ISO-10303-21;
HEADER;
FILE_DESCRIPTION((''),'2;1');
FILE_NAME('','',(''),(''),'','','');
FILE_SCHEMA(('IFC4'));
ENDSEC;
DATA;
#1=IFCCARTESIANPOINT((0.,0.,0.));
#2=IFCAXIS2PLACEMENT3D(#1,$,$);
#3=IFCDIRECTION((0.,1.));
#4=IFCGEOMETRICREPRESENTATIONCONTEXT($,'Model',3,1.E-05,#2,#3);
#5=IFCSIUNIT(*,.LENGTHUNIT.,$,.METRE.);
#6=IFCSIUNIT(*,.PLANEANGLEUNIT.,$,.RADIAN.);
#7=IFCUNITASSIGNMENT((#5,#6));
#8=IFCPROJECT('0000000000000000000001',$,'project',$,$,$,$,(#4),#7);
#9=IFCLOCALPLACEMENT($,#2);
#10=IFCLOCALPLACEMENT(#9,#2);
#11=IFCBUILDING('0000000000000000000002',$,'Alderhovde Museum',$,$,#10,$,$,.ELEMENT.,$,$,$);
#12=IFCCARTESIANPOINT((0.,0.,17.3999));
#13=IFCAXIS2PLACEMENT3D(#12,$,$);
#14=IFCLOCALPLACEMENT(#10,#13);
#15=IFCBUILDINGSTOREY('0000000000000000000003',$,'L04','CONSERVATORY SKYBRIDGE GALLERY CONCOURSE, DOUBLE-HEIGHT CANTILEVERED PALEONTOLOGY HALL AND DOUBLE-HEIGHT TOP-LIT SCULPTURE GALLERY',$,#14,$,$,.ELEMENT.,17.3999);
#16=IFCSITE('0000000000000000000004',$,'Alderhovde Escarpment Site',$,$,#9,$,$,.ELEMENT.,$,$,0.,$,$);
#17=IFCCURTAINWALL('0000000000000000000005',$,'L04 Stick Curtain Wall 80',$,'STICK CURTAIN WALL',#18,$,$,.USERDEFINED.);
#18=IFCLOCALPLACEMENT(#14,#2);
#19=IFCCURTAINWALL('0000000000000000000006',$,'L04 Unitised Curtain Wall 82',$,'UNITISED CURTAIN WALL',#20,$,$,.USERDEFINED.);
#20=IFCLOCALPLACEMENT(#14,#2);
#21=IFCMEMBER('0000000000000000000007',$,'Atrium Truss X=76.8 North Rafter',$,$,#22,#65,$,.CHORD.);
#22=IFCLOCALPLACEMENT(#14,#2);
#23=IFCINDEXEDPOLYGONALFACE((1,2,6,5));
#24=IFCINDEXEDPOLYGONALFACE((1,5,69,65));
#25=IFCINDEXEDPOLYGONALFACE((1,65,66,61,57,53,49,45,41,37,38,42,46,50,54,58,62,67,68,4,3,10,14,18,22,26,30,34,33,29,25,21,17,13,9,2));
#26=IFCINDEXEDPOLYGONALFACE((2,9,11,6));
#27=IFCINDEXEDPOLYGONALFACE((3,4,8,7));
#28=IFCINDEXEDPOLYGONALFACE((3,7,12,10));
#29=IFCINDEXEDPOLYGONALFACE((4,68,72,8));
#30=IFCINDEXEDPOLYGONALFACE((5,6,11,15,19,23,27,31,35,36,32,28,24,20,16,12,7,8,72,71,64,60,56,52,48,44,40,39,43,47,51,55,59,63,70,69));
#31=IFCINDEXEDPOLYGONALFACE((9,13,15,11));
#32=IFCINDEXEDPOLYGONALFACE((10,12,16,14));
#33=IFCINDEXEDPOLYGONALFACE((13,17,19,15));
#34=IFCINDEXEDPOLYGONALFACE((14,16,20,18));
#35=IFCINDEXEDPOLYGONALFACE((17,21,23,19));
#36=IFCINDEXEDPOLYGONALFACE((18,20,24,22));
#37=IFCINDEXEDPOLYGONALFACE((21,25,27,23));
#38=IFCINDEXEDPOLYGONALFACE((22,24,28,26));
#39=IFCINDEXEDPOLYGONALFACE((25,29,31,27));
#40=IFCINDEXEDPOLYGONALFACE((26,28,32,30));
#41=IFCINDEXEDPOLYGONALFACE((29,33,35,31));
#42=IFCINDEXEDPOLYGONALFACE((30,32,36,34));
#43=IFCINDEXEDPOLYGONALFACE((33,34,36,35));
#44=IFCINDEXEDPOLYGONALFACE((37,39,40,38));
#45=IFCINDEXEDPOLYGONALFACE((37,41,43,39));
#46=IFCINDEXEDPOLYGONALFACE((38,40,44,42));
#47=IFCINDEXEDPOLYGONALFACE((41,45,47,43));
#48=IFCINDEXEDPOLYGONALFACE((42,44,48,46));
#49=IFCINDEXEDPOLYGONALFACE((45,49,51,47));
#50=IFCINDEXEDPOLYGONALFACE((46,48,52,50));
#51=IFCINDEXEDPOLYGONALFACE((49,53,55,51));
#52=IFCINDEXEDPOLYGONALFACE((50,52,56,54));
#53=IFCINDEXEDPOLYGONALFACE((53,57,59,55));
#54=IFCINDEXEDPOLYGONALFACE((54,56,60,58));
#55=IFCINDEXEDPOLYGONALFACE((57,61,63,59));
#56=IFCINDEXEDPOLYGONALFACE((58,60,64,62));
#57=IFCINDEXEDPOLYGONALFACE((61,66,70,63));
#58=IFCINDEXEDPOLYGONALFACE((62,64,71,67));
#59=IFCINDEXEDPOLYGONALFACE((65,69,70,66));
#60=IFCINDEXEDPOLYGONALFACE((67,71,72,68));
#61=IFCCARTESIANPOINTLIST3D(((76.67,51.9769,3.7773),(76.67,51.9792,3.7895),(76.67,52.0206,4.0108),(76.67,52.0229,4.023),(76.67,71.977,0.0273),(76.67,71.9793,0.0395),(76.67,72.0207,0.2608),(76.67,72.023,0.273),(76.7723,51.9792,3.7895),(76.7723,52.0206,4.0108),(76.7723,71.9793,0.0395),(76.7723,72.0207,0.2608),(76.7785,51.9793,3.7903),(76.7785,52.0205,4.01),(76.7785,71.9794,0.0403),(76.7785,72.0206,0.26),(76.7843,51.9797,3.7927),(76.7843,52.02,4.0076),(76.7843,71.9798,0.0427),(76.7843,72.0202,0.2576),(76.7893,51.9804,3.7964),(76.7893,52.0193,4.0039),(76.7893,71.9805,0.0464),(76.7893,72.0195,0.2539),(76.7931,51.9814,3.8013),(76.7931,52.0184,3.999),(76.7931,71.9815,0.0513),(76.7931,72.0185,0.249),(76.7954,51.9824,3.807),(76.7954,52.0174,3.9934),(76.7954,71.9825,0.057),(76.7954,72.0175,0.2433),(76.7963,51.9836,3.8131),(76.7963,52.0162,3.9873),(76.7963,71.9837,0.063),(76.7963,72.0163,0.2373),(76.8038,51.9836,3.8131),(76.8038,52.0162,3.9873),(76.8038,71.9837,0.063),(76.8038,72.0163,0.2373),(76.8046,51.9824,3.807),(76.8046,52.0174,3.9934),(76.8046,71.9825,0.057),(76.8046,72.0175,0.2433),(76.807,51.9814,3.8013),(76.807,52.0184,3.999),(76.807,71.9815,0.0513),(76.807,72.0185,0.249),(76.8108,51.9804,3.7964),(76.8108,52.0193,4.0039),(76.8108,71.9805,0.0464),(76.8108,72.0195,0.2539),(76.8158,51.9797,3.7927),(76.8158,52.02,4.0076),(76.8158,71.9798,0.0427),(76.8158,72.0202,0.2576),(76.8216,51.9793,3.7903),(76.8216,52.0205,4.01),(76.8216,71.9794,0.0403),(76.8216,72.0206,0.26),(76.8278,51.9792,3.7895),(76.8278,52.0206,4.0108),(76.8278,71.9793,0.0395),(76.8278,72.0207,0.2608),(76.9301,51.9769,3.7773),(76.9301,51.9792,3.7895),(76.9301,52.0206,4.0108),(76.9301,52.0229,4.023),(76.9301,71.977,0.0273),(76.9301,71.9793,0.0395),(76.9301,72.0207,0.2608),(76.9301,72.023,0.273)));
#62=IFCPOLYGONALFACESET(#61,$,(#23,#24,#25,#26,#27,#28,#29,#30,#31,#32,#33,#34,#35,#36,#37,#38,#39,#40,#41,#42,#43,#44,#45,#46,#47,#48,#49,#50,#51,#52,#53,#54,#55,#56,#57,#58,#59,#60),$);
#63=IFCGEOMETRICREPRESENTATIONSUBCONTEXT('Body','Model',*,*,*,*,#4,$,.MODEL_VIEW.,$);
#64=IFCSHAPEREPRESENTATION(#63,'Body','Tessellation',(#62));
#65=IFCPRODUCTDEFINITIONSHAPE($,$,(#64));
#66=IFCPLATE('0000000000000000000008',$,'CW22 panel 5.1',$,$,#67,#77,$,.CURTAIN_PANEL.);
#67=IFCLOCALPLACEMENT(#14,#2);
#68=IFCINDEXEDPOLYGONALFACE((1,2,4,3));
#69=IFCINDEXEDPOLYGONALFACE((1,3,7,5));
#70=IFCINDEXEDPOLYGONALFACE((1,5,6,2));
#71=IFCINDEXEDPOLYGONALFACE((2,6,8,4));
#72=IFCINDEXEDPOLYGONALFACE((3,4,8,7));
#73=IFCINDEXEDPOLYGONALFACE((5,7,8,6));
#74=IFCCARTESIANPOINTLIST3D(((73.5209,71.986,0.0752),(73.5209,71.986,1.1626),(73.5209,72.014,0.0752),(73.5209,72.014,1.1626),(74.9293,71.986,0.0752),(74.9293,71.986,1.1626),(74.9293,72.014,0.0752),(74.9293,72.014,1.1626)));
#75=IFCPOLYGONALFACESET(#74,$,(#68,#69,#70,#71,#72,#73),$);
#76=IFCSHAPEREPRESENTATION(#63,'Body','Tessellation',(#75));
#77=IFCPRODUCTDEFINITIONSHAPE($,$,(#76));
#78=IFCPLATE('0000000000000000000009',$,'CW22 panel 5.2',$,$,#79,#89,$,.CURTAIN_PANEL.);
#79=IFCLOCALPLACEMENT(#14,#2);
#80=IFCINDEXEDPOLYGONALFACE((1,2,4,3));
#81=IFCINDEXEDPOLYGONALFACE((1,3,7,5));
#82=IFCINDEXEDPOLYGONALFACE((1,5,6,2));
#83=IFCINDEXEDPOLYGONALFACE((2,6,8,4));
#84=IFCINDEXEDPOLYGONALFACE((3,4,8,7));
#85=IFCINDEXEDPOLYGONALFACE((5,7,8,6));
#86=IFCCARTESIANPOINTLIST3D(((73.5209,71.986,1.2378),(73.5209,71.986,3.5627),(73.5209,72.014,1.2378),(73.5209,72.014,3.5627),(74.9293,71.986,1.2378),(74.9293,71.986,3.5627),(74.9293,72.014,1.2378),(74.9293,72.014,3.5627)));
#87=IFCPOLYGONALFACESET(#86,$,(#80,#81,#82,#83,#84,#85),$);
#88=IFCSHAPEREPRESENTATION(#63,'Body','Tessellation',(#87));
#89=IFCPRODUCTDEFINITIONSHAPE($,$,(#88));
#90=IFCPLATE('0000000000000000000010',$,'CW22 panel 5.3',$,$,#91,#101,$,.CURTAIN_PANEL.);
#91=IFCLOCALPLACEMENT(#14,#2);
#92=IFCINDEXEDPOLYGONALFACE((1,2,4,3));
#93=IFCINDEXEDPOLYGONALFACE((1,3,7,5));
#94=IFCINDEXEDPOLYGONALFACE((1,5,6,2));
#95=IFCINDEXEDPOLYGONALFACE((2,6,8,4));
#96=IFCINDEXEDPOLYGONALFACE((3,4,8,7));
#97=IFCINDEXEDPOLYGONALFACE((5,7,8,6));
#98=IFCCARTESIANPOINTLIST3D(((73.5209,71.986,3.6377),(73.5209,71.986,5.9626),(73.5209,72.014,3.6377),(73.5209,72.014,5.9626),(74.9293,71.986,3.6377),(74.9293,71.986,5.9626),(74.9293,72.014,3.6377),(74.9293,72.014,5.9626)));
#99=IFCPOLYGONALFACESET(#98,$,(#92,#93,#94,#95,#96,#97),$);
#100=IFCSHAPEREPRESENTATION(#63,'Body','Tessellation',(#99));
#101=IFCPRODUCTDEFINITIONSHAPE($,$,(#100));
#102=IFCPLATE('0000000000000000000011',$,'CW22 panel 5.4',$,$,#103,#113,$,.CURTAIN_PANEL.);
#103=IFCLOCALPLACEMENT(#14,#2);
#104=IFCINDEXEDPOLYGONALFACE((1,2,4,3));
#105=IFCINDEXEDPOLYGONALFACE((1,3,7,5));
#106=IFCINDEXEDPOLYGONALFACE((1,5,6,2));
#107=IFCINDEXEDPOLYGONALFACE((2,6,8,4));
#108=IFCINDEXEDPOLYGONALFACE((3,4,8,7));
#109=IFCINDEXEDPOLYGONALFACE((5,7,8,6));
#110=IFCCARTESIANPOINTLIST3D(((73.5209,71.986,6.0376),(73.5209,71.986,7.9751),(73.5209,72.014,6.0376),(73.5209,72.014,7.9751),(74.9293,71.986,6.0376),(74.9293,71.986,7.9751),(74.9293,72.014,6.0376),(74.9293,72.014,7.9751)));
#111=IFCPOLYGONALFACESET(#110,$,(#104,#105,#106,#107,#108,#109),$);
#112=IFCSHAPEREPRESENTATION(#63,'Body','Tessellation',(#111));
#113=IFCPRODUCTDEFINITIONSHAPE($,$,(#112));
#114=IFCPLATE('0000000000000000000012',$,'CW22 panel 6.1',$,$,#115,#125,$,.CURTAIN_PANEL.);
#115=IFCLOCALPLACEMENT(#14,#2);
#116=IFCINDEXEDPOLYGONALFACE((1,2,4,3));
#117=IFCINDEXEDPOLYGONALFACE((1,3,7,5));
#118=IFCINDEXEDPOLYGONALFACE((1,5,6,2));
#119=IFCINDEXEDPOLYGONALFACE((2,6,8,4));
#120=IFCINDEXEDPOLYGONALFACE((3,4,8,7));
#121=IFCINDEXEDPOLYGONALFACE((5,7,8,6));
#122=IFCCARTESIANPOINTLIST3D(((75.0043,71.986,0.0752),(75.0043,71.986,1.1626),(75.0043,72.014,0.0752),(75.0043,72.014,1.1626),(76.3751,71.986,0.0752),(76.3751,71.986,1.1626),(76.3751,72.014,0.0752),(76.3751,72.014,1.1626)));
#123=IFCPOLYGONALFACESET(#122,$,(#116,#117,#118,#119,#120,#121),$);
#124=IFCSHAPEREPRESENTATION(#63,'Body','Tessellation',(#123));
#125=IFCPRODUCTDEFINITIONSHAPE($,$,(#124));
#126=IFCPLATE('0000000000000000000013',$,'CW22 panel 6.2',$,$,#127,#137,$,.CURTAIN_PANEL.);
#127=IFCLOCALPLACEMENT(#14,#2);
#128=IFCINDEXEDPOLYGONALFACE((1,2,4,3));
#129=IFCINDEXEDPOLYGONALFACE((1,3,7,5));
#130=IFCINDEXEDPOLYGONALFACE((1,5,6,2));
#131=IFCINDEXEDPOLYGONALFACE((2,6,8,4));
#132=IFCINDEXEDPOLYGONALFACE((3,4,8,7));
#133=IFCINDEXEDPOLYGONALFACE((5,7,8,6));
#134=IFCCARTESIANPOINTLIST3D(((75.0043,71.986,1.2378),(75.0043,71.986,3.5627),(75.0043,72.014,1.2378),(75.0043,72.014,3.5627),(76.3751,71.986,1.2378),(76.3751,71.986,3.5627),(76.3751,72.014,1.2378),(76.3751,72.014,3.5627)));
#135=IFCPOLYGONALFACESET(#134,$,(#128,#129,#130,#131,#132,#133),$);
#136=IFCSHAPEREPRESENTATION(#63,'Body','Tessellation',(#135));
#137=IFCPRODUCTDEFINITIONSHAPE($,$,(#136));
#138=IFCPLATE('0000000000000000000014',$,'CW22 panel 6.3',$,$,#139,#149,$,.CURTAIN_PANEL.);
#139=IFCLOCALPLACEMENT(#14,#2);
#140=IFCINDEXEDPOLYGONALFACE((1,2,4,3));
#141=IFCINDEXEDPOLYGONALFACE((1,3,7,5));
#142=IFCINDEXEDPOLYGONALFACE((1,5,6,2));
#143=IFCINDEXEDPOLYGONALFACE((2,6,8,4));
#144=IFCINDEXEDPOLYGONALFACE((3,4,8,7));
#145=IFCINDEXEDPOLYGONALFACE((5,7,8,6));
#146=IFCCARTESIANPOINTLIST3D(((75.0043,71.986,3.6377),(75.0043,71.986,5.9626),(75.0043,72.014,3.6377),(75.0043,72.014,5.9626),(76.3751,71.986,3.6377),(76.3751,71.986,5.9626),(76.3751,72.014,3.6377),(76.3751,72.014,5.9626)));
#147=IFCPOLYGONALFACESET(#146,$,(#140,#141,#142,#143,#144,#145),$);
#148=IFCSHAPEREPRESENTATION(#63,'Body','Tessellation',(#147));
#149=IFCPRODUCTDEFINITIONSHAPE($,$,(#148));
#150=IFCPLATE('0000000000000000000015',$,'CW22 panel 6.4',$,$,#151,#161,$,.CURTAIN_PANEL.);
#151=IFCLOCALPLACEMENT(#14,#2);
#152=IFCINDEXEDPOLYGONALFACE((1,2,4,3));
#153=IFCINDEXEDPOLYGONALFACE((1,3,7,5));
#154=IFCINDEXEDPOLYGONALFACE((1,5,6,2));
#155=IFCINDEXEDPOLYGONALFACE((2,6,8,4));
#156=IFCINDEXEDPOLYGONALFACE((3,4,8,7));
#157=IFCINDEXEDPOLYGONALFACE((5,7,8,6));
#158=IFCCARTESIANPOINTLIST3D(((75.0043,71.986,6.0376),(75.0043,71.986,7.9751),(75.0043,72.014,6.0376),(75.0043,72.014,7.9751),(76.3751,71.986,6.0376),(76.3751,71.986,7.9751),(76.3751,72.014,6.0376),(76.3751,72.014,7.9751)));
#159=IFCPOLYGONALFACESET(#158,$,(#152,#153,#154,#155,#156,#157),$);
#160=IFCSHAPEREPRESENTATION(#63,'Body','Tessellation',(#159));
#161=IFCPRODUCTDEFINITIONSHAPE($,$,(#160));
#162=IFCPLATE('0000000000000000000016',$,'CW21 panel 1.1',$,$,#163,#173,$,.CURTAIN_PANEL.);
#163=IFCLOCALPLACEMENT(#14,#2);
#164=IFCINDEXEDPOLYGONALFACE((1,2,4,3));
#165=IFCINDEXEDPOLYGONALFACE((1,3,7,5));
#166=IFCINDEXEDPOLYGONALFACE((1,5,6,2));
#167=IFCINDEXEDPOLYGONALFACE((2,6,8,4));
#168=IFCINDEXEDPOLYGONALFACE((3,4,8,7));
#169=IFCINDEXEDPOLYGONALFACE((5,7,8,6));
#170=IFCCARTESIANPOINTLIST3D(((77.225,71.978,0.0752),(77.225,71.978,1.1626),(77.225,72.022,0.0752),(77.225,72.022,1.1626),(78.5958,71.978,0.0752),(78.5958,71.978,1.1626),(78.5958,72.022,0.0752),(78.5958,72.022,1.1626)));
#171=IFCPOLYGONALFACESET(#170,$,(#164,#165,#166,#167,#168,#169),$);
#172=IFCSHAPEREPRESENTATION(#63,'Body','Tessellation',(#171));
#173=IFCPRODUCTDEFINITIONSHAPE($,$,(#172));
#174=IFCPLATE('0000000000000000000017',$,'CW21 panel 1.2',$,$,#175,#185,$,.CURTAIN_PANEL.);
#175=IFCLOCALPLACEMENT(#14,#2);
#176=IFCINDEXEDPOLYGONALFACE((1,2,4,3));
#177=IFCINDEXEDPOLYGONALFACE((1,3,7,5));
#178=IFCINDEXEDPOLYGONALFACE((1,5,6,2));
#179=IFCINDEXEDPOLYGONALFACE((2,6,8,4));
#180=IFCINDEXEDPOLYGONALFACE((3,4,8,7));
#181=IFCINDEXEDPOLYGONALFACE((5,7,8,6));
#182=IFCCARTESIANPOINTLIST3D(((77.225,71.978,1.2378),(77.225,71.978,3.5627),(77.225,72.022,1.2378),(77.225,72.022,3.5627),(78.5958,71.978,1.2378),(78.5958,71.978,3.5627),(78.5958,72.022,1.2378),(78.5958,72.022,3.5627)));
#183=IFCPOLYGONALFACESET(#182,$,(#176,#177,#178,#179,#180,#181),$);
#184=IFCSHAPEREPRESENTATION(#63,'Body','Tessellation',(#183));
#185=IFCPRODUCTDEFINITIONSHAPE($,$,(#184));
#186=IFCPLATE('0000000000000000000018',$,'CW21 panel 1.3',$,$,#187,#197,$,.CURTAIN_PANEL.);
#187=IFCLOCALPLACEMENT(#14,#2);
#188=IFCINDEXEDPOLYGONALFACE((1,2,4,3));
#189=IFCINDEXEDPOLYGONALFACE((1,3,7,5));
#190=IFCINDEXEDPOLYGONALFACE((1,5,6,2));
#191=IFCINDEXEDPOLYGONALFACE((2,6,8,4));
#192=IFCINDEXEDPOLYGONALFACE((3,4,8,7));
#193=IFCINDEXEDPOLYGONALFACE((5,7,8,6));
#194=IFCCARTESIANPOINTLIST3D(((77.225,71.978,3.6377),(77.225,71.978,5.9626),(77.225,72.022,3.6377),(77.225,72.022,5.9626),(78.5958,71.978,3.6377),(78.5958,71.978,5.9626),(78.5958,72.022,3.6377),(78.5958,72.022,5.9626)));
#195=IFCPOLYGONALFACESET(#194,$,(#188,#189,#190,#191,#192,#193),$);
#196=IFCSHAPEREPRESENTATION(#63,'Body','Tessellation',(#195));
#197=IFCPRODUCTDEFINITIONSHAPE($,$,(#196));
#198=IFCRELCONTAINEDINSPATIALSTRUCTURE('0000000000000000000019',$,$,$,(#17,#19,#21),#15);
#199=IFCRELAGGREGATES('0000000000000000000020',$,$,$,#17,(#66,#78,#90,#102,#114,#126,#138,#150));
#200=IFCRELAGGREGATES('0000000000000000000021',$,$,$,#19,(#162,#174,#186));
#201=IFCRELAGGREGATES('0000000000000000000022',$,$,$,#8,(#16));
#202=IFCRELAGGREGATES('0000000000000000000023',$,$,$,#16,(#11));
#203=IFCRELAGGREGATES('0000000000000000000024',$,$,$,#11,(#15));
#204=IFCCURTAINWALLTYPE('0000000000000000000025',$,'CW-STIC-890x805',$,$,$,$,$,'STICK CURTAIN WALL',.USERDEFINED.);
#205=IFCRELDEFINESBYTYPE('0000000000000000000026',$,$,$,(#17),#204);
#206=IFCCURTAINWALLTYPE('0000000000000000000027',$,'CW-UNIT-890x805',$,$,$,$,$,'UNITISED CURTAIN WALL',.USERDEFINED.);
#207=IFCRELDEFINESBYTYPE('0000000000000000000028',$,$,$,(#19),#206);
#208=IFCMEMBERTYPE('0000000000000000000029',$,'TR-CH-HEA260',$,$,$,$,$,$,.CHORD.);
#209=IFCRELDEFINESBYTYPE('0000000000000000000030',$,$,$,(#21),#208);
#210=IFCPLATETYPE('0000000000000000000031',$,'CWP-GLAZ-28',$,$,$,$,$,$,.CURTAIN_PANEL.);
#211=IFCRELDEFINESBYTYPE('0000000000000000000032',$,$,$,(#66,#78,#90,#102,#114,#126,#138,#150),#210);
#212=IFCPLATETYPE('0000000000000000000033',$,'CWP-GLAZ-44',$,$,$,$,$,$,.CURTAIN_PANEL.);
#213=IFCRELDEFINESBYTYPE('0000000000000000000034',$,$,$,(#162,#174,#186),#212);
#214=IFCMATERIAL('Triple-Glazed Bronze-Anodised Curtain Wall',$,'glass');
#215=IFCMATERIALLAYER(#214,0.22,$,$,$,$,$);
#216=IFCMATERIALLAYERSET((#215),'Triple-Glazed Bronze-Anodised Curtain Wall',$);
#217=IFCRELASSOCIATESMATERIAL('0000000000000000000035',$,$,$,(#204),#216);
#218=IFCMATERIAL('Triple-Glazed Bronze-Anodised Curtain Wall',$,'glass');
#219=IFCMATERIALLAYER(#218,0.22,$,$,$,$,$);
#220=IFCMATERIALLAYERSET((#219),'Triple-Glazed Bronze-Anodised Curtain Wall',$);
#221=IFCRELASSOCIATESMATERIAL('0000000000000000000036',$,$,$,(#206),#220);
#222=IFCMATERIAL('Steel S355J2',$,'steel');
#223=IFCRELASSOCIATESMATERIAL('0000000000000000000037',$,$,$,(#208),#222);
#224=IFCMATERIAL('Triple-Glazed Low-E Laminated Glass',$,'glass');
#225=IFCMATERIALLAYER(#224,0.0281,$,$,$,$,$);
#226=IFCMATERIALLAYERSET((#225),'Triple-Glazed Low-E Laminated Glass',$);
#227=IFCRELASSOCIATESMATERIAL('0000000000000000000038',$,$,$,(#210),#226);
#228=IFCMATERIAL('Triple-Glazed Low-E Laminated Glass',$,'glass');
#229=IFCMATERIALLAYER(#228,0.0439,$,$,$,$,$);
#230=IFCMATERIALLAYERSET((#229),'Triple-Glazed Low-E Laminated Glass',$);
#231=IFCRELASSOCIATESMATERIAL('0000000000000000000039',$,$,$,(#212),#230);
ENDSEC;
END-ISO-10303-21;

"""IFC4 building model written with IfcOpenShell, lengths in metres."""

from ifc_helpers import new_model, si_unit, direction, frame, origin, origin_2d, place, context, subcontext, project, spatial, rectangle, i_section, extrude, material, layer, layer_set, material_profile, profile_set, type_object, element, aggregate, save


model = new_model("IFC4")

# Units and contexts
model_context = context("Model", 3, precision=1e-05, world=origin(), true_north=direction((0.0, 1.0)))
body_context = subcontext(model_context, "Body", "Model", "MODEL_VIEW")
ifc_project = project(units=[si_unit("LENGTHUNIT", "METRE"), si_unit("PLANEANGLEUNIT", "RADIAN")], contexts=[model_context])

# Site, building, storey
site_placement = place(None, origin())
site = spatial("IfcSite", under=ifc_project, at=site_placement, Name="Alderhovde Escarpment Site", CompositionType="ELEMENT", RefElevation=0.0)
building_placement = place(site_placement, origin())
building = spatial("IfcBuilding", under=site, at=building_placement, Name="Alderhovde Museum", CompositionType="ELEMENT")
storey_placement = place(building_placement, frame((0.0, 0.0, 17.3999)))
storey = spatial("IfcBuildingStorey", under=building, at=storey_placement, Name="L04", Description="CONSERVATORY SKYBRIDGE GALLERY CONCOURSE, DOUBLE-HEIGHT CANTILEVERED PALEONTOLOGY HALL AND DOUBLE-HEIGHT TOP-LIT SCULPTURE GALLERY", CompositionType="ELEMENT", Elevation=17.3999)

# Curtain walls
ifc_material_1 = material(Name="Triple-Glazed Bronze-Anodised Curtain Wall", Category="glass")
ifc_layer_1 = layer(ifc_material_1, 0.22)
ifc_layer_set_1 = layer_set([ifc_layer_1], Name="Triple-Glazed Bronze-Anodised Curtain Wall")
curtain_wall_type_1 = type_object("IfcCurtainWallType", Name="CW-STIC-890x805", ElementType="STICK CURTAIN WALL", PredefinedType="USERDEFINED", material=ifc_layer_set_1)
curtain_wall_1_placement = place(storey_placement, origin())
curtain_wall_1 = element("IfcCurtainWall", 1, at=curtain_wall_1_placement, inside=storey, type_object=curtain_wall_type_1, Name="L04 Stick Curtain Wall 80", ObjectType="STICK CURTAIN WALL", PredefinedType="USERDEFINED")
ifc_material_2 = material(Name="Triple-Glazed Bronze-Anodised Curtain Wall", Category="glass")
ifc_layer_2 = layer(ifc_material_2, 0.22)
ifc_layer_set_2 = layer_set([ifc_layer_2], Name="Triple-Glazed Bronze-Anodised Curtain Wall")
curtain_wall_type_2 = type_object("IfcCurtainWallType", Name="CW-UNIT-890x805", ElementType="UNITISED CURTAIN WALL", PredefinedType="USERDEFINED", material=ifc_layer_set_2)
curtain_wall_2_placement = place(storey_placement, origin())
curtain_wall_2 = element("IfcCurtainWall", 2, at=curtain_wall_2_placement, inside=storey, type_object=curtain_wall_type_2, Name="L04 Unitised Curtain Wall 82", ObjectType="UNITISED CURTAIN WALL", PredefinedType="USERDEFINED")

# Member
ifc_material_3 = material(Name="Steel S355J2", Category="steel")
ifc_material_profile_1 = material_profile(ifc_material_3, i_section(OverallWidth=0.26, OverallDepth=0.25, WebThickness=0.0076, FlangeThickness=0.0125, FilletRadius=0.0239, at=origin_2d()), Name="HEA 260")
ifc_profile_set_1 = profile_set([ifc_material_profile_1], Name="Steel S355J2")
member_type_1 = type_object("IfcMemberType", Name="TR-CH-HEA260", PredefinedType="CHORD", material=ifc_profile_set_1)
member_1_placement = place(storey_placement, frame((76.8, 72.0, 0.1501), z_axis=(0.0, -0.982872, 0.184289), x_axis=(1.0, 0.0, 0.0)))
element("IfcMember", 3, at=member_1_placement, inside=storey, type_object=member_type_1, Name="Atrium Truss X=76.8 North Rafter", PredefinedType="CHORD", context=body_context, shape_type="SweptSolid", body=[
    extrude(i_section(OverallWidth=0.26, OverallDepth=0.25, WebThickness=0.0076, FlangeThickness=0.0125, FilletRadius=0.0239, at=origin_2d()), origin(), (0.0, 0.0, 1.0), 20.3486),
])

# Plates
ifc_material_4 = material(Name="Triple-Glazed Low-E Laminated Glass", Category="glass")
ifc_layer_3 = layer(ifc_material_4, 0.0281)
ifc_layer_set_3 = layer_set([ifc_layer_3], Name="Triple-Glazed Low-E Laminated Glass")
plate_type_1 = type_object("IfcPlateType", Name="CWP-GLAZ-28", PredefinedType="CURTAIN_PANEL", material=ifc_layer_set_3)
plate_1_placement = place(storey_placement, frame((74.2251, 72.0, 0.0752), z_axis=(0.0, 0.0, 1.0), x_axis=(1.0, 0.0, 0.0)))
plate_1 = element("IfcPlate", 4, at=plate_1_placement, type_object=plate_type_1, Name="CW22 panel 5.1", PredefinedType="CURTAIN_PANEL", context=body_context, shape_type="SweptSolid", body=[
    extrude(rectangle(XDim=1.4084, YDim=0.0281, at=origin_2d()), origin(), (0.0, 0.0, 1.0), 1.0874),
])
plate_2_placement = place(storey_placement, frame((74.2251, 72.0, 1.2378), z_axis=(0.0, 0.0, 1.0), x_axis=(1.0, 0.0, 0.0)))
plate_2 = element("IfcPlate", 5, at=plate_2_placement, type_object=plate_type_1, Name="CW22 panel 5.2", PredefinedType="CURTAIN_PANEL", context=body_context, shape_type="SweptSolid", body=[
    extrude(rectangle(XDim=1.4084, YDim=0.0281, at=origin_2d()), origin(), (0.0, 0.0, 1.0), 2.325),
])
plate_3_placement = place(storey_placement, frame((74.2251, 72.0, 3.6377), z_axis=(0.0, 0.0, 1.0), x_axis=(1.0, 0.0, 0.0)))
plate_3 = element("IfcPlate", 6, at=plate_3_placement, type_object=plate_type_1, Name="CW22 panel 5.3", PredefinedType="CURTAIN_PANEL", context=body_context, shape_type="SweptSolid", body=[
    extrude(rectangle(XDim=1.4084, YDim=0.0281, at=origin_2d()), origin(), (0.0, 0.0, 1.0), 2.325),
])
plate_4_placement = place(storey_placement, frame((74.2251, 72.0, 6.0376), z_axis=(0.0, 0.0, 1.0), x_axis=(1.0, 0.0, 0.0)))
plate_4 = element("IfcPlate", 7, at=plate_4_placement, type_object=plate_type_1, Name="CW22 panel 5.4", PredefinedType="CURTAIN_PANEL", context=body_context, shape_type="SweptSolid", body=[
    extrude(rectangle(XDim=1.4084, YDim=0.0281, at=origin_2d()), origin(), (0.0, 0.0, 1.0), 1.9375),
])
plate_5_placement = place(storey_placement, frame((75.6897, 72.0, 0.0752), z_axis=(0.0, 0.0, 1.0), x_axis=(1.0, 0.0, 0.0)))
plate_5 = element("IfcPlate", 8, at=plate_5_placement, type_object=plate_type_1, Name="CW22 panel 6.1", PredefinedType="CURTAIN_PANEL", context=body_context, shape_type="SweptSolid", body=[
    extrude(rectangle(XDim=1.3708, YDim=0.0281, at=origin_2d()), origin(), (0.0, 0.0, 1.0), 1.0874),
])
plate_6_placement = place(storey_placement, frame((75.6897, 72.0, 1.2378), z_axis=(0.0, 0.0, 1.0), x_axis=(1.0, 0.0, 0.0)))
plate_6 = element("IfcPlate", 9, at=plate_6_placement, type_object=plate_type_1, Name="CW22 panel 6.2", PredefinedType="CURTAIN_PANEL", context=body_context, shape_type="SweptSolid", body=[
    extrude(rectangle(XDim=1.3708, YDim=0.0281, at=origin_2d()), origin(), (0.0, 0.0, 1.0), 2.325),
])
plate_7_placement = place(storey_placement, frame((75.6897, 72.0, 3.6377), z_axis=(0.0, 0.0, 1.0), x_axis=(1.0, 0.0, 0.0)))
plate_7 = element("IfcPlate", 10, at=plate_7_placement, type_object=plate_type_1, Name="CW22 panel 6.3", PredefinedType="CURTAIN_PANEL", context=body_context, shape_type="SweptSolid", body=[
    extrude(rectangle(XDim=1.3708, YDim=0.0281, at=origin_2d()), origin(), (0.0, 0.0, 1.0), 2.325),
])
plate_8_placement = place(storey_placement, frame((75.6897, 72.0, 6.0376), z_axis=(0.0, 0.0, 1.0), x_axis=(1.0, 0.0, 0.0)))
plate_8 = element("IfcPlate", 11, at=plate_8_placement, type_object=plate_type_1, Name="CW22 panel 6.4", PredefinedType="CURTAIN_PANEL", context=body_context, shape_type="SweptSolid", body=[
    extrude(rectangle(XDim=1.3708, YDim=0.0281, at=origin_2d()), origin(), (0.0, 0.0, 1.0), 1.9375),
])
aggregate(curtain_wall_1, [plate_1, plate_2, plate_3, plate_4, plate_5, plate_6, plate_7, plate_8])
ifc_material_5 = material(Name="Triple-Glazed Low-E Laminated Glass", Category="glass")
ifc_layer_4 = layer(ifc_material_5, 0.0439)
ifc_layer_set_4 = layer_set([ifc_layer_4], Name="Triple-Glazed Low-E Laminated Glass")
plate_type_2 = type_object("IfcPlateType", Name="CWP-GLAZ-44", PredefinedType="CURTAIN_PANEL", material=ifc_layer_set_4)
plate_9_placement = place(storey_placement, frame((77.9104, 72.0, 0.0752), z_axis=(0.0, 0.0, 1.0), x_axis=(1.0, 0.0, 0.0)))
plate_9 = element("IfcPlate", 12, at=plate_9_placement, type_object=plate_type_2, Name="CW21 panel 1.1", PredefinedType="CURTAIN_PANEL", context=body_context, shape_type="SweptSolid", body=[
    extrude(rectangle(XDim=1.3708, YDim=0.0439, at=origin_2d()), origin(), (0.0, 0.0, 1.0), 1.0874),
])
plate_10_placement = place(storey_placement, frame((77.9104, 72.0, 1.2378), z_axis=(0.0, 0.0, 1.0), x_axis=(1.0, 0.0, 0.0)))
plate_10 = element("IfcPlate", 13, at=plate_10_placement, type_object=plate_type_2, Name="CW21 panel 1.2", PredefinedType="CURTAIN_PANEL", context=body_context, shape_type="SweptSolid", body=[
    extrude(rectangle(XDim=1.3708, YDim=0.0439, at=origin_2d()), origin(), (0.0, 0.0, 1.0), 2.325),
])
plate_11_placement = place(storey_placement, frame((77.9104, 72.0, 3.6377), z_axis=(0.0, 0.0, 1.0), x_axis=(1.0, 0.0, 0.0)))
plate_11 = element("IfcPlate", 14, at=plate_11_placement, type_object=plate_type_2, Name="CW21 panel 1.3", PredefinedType="CURTAIN_PANEL", context=body_context, shape_type="SweptSolid", body=[
    extrude(rectangle(XDim=1.3708, YDim=0.0439, at=origin_2d()), origin(), (0.0, 0.0, 1.0), 2.325),
])
aggregate(curtain_wall_2, [plate_9, plate_10, plate_11])

save(model, "model.ifc")
